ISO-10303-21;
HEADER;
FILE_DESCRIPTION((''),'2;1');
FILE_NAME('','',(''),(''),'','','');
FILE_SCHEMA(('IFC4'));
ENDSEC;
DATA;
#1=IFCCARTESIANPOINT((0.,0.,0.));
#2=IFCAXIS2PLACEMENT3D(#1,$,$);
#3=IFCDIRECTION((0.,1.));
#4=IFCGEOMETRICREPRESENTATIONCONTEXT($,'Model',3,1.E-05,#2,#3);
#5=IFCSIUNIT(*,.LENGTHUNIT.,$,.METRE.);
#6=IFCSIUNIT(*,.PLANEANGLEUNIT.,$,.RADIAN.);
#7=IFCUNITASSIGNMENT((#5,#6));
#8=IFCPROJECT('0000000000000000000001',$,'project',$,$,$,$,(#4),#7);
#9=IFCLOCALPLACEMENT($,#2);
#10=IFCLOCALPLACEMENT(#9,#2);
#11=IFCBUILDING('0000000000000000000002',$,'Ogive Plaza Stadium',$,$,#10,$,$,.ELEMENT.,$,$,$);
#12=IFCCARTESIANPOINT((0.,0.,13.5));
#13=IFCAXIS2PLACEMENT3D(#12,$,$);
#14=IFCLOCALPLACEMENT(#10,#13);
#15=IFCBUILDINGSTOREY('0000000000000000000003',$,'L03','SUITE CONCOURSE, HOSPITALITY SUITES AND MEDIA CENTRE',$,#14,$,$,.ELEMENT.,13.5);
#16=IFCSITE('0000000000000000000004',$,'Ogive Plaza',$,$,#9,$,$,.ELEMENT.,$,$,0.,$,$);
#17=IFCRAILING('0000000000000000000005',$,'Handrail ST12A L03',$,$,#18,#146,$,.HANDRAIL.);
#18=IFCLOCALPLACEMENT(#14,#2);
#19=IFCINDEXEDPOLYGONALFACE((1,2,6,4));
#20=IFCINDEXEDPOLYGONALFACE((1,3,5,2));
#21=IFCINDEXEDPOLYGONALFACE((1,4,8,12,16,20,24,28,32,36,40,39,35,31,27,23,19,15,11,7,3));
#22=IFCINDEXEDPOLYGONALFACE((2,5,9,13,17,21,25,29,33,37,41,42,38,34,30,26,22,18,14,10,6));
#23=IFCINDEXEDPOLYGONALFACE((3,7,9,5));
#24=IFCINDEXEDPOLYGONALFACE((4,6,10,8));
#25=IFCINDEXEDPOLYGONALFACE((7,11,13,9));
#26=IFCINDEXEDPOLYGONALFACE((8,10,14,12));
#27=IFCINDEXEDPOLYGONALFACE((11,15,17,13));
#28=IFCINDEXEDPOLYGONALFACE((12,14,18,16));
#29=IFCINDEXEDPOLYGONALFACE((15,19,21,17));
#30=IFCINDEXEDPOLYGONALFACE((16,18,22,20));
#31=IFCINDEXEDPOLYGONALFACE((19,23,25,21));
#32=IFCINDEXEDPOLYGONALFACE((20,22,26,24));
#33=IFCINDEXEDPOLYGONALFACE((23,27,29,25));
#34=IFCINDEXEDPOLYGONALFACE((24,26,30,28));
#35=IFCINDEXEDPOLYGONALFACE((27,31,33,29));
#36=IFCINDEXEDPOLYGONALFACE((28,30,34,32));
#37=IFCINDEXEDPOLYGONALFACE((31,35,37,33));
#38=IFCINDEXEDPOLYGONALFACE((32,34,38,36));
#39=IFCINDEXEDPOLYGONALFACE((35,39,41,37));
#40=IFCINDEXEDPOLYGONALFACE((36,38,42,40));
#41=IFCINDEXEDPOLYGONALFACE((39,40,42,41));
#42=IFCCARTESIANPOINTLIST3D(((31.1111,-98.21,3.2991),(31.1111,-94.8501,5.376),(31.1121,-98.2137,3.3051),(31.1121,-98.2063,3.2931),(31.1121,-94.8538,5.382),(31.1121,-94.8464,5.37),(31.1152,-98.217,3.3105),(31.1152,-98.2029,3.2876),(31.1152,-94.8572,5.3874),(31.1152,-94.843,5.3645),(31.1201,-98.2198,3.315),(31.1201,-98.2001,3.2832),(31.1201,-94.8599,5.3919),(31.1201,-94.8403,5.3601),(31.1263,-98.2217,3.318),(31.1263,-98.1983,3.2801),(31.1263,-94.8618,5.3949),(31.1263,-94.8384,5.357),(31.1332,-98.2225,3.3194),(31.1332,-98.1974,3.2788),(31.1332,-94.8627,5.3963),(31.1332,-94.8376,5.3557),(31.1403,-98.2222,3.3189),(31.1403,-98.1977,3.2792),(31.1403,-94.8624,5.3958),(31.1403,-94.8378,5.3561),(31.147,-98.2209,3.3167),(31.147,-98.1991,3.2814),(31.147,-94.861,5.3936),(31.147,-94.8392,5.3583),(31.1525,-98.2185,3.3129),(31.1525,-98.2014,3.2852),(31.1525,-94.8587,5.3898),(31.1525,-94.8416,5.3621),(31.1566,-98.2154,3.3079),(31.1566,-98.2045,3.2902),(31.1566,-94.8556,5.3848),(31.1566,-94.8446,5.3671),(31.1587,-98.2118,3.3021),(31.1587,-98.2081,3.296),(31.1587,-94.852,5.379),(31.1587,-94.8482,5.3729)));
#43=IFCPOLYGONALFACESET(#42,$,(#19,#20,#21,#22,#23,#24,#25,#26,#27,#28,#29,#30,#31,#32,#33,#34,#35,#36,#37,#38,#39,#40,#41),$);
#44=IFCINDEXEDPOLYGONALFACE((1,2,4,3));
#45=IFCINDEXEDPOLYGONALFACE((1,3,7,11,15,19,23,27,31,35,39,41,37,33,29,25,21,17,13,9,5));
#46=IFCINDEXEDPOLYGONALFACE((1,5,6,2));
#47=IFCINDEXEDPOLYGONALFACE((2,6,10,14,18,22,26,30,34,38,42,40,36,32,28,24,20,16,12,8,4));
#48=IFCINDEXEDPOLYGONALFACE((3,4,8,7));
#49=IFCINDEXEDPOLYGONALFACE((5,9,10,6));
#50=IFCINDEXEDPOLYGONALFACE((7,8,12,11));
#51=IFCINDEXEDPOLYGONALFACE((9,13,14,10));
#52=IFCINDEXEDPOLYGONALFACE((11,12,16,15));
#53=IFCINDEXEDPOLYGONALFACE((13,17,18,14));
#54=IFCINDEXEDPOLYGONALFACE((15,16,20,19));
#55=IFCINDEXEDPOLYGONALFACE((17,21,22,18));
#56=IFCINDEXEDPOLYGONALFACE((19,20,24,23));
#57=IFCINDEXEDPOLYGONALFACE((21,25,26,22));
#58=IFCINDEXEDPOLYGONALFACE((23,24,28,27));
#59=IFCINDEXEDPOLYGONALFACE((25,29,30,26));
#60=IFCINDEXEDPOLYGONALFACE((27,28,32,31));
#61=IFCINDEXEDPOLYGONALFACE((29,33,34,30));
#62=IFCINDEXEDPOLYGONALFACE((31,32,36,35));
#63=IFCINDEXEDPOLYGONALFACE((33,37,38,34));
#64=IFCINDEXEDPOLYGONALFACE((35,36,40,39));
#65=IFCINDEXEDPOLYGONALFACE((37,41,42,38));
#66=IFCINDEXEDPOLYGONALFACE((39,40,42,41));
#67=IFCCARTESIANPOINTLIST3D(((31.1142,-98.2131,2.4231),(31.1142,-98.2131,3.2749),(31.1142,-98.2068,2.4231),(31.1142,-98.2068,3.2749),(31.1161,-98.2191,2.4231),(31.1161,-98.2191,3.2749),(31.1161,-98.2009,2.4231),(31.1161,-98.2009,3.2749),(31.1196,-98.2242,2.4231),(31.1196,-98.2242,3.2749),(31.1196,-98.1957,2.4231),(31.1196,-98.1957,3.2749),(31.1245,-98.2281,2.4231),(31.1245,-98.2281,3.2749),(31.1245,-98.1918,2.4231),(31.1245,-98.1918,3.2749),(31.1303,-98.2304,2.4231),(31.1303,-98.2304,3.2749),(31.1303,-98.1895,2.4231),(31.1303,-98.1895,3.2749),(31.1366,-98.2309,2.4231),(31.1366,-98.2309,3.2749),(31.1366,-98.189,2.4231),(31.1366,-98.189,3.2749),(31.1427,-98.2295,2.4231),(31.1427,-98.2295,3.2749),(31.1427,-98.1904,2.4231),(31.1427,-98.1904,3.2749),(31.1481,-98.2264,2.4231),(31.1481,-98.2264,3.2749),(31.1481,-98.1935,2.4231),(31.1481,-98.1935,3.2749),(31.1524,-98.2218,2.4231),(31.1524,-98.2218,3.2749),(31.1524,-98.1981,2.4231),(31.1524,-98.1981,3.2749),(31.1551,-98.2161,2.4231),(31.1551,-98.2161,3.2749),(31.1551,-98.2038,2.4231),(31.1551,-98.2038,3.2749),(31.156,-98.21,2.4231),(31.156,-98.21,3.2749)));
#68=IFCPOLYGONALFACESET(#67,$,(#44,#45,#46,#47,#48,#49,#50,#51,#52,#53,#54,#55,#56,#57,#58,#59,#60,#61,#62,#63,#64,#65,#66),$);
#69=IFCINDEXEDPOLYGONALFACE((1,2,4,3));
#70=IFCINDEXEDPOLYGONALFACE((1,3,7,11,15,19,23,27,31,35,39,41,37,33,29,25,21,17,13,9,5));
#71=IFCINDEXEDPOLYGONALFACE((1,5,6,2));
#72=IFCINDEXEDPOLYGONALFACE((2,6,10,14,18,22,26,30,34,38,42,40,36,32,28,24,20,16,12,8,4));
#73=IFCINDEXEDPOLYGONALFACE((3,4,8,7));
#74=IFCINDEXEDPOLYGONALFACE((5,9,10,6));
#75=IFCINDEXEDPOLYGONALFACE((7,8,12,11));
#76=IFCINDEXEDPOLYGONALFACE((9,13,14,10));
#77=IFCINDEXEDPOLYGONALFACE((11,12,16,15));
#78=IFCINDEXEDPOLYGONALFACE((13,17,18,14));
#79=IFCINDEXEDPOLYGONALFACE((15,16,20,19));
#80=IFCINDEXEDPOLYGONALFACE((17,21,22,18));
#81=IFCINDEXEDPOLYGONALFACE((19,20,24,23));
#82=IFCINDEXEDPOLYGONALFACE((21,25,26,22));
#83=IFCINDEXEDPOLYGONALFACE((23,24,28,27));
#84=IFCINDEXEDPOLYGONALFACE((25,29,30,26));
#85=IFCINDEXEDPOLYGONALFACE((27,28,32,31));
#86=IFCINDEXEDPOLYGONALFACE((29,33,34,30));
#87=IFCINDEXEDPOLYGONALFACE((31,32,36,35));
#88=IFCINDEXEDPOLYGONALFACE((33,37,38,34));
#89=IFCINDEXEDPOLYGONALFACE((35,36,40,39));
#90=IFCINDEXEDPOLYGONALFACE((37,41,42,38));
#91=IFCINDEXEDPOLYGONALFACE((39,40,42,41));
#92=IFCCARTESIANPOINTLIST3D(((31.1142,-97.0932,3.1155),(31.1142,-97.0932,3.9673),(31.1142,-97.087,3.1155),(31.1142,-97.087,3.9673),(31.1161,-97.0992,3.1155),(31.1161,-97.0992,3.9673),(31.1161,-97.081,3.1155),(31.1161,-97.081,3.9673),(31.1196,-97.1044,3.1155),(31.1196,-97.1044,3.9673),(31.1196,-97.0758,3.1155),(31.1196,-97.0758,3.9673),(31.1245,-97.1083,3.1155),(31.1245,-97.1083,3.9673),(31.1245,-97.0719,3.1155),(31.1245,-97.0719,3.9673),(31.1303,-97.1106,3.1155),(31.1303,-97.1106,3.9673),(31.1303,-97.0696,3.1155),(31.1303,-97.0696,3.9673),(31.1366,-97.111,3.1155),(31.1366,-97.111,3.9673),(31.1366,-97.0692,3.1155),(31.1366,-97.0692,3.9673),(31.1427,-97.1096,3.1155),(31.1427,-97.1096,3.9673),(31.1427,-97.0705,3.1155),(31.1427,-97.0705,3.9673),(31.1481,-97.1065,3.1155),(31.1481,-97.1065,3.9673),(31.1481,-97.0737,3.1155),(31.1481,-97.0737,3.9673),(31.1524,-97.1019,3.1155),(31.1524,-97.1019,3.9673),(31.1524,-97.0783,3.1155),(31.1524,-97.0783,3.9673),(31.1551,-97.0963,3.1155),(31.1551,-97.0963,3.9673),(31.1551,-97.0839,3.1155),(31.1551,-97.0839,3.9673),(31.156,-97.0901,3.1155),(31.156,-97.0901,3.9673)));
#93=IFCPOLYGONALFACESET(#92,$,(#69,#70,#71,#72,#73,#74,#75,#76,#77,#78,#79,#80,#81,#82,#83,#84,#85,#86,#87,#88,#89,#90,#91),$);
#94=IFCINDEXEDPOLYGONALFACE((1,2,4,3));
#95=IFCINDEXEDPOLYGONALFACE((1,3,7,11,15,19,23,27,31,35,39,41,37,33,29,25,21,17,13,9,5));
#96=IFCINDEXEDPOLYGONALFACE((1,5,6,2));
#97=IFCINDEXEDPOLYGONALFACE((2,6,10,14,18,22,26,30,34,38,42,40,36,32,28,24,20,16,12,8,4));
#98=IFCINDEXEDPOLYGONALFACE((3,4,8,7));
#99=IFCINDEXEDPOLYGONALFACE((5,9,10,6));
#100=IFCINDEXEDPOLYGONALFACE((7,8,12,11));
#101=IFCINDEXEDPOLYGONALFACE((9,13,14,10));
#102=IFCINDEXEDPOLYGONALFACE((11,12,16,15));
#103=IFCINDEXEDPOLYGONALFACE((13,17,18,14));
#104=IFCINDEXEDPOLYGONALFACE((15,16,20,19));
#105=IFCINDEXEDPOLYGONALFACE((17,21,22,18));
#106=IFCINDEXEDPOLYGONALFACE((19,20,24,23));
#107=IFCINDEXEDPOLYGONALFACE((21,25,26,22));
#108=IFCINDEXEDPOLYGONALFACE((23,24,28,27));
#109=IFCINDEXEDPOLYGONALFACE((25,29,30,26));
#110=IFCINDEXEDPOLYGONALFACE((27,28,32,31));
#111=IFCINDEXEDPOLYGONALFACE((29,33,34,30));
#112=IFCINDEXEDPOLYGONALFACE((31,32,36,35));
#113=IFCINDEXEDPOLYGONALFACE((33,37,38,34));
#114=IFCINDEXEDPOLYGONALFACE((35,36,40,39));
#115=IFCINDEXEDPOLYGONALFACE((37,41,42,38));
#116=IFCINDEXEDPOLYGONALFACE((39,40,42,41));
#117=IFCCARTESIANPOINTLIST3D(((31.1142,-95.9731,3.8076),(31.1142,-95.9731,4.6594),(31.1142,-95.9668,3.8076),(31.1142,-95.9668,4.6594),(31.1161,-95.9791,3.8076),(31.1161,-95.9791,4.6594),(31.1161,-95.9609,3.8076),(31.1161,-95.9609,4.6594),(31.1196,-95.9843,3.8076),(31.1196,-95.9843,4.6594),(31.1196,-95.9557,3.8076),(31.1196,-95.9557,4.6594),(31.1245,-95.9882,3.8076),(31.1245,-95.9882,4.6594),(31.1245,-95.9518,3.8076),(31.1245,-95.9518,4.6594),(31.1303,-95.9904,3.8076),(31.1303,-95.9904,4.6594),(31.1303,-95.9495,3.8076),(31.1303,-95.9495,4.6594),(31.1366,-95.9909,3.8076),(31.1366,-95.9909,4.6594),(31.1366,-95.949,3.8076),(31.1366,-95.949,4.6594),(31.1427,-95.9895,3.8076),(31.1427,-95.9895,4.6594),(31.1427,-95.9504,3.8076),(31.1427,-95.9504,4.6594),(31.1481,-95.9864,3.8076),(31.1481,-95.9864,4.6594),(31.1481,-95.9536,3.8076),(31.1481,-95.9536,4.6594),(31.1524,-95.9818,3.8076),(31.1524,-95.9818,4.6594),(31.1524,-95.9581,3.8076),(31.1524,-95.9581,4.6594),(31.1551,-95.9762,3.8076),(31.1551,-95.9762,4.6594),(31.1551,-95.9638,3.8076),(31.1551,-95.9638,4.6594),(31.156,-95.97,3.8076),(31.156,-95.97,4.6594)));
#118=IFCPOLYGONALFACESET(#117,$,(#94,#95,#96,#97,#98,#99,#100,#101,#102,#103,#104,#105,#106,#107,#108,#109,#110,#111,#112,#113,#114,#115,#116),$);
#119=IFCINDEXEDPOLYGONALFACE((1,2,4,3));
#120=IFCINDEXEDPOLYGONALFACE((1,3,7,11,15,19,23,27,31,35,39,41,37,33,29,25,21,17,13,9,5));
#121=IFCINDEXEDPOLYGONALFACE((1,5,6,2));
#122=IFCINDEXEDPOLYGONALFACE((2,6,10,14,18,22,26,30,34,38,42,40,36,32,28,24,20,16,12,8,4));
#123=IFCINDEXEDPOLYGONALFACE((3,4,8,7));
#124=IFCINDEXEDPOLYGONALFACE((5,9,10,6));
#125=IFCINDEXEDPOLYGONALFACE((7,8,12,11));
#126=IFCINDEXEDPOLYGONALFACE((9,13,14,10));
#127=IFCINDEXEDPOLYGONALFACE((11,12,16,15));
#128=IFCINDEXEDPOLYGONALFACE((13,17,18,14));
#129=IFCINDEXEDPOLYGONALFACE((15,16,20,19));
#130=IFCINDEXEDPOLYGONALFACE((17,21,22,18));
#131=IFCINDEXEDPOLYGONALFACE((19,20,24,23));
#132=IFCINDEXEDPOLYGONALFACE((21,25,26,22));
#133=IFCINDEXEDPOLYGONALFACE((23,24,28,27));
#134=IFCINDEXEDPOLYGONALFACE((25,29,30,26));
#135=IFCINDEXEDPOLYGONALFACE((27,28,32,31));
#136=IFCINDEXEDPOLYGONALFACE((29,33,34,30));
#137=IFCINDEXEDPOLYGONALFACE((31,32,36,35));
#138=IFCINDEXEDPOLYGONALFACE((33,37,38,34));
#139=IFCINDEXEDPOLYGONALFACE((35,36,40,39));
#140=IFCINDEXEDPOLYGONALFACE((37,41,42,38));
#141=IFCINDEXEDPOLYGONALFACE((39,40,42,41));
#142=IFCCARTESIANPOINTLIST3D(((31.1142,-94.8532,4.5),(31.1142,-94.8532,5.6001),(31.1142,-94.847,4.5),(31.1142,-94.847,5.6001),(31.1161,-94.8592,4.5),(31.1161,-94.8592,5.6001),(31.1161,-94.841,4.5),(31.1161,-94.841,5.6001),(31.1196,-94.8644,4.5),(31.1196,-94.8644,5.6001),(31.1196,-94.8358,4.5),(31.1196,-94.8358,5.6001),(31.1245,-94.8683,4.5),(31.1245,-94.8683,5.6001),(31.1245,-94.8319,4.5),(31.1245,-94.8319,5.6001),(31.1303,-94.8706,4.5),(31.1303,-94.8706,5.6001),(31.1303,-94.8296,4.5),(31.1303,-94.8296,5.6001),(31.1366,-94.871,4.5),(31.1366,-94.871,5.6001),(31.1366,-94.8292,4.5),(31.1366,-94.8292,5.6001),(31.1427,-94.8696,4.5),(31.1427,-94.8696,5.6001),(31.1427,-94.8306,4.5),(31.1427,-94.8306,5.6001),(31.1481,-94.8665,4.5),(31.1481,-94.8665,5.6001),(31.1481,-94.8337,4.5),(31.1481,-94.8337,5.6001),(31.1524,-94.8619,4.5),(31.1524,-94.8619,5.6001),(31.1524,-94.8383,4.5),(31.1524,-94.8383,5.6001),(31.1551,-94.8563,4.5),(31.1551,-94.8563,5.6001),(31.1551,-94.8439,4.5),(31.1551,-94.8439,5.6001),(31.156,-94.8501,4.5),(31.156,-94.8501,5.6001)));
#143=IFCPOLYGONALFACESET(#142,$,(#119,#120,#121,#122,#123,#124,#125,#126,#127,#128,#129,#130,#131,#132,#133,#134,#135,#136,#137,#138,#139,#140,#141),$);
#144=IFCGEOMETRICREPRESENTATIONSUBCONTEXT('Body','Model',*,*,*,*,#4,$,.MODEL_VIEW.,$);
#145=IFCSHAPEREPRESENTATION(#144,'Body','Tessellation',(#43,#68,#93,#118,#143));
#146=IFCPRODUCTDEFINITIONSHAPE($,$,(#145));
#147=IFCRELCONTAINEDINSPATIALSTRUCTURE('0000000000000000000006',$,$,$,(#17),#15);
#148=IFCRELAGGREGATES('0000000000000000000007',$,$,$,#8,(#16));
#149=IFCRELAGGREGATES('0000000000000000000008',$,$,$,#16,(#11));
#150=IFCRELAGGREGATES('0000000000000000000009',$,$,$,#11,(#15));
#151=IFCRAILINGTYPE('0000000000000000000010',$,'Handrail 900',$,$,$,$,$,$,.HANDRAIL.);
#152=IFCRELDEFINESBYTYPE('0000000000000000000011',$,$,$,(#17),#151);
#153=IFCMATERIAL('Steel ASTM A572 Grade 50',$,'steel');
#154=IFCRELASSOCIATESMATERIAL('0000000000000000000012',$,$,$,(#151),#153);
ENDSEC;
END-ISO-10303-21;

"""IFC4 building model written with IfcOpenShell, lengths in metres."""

from ifc_helpers import new_model, si_unit, direction, frame, origin, origin_2d, place, context, subcontext, project, spatial, circle, extrude, material, type_object, element, save


model = new_model("IFC4")

# Units and contexts
model_context = context("Model", 3, precision=1e-05, world=origin(), true_north=direction((0.0, 1.0)))
body_context = subcontext(model_context, "Body", "Model", "MODEL_VIEW")
ifc_project = project(units=[si_unit("LENGTHUNIT", "METRE"), si_unit("PLANEANGLEUNIT", "RADIAN")], contexts=[model_context])

# Site, building, storey
site_placement = place(None, origin())
site = spatial("IfcSite", under=ifc_project, at=site_placement, Name="Ogive Plaza", CompositionType="ELEMENT", RefElevation=0.0)
building_placement = place(site_placement, origin())
building = spatial("IfcBuilding", under=site, at=building_placement, Name="Ogive Plaza Stadium", CompositionType="ELEMENT")
storey_placement = place(building_placement, frame((0.0, 0.0, 13.5)))
storey = spatial("IfcBuildingStorey", under=building, at=storey_placement, Name="L03", Description="SUITE CONCOURSE, HOSPITALITY SUITES AND MEDIA CENTRE", CompositionType="ELEMENT", Elevation=13.5)

# Railing
ifc_material_1 = material(Name="Steel ASTM A572 Grade 50", Category="steel")
railing_type_1 = type_object("IfcRailingType", Name="Handrail 900", PredefinedType="HANDRAIL", material=ifc_material_1)
for number, where, name in (
    (1, (31.135, -98.21, 2.4231), "Handrail ST12A L03"),
):
    element("IfcRailing", number, at=place(storey_placement, frame(where)), inside=storey, type_object=railing_type_1, Name=name, PredefinedType="HANDRAIL", context=body_context, shape_type="SweptSolid", body=[
        extrude(circle(Radius=0.0239, at=origin_2d()), frame((0.0, 0.0, 0.876), z_axis=(0.0, 0.850606, 0.525803), x_axis=(-1.0, 0.0, 0.0)), (0.0, 0.0, 1.0), 3.95),
        extrude(circle(Radius=0.021, at=origin_2d()), origin(), (0.0, 0.0, 1.0), 0.8518),
        extrude(circle(Radius=0.021, at=origin_2d()), frame((0.0, 1.1199, 0.6924)), (0.0, 0.0, 1.0), 0.8518),
        extrude(circle(Radius=0.021, at=origin_2d()), frame((0.0, 2.24, 1.3845)), (0.0, 0.0, 1.0), 0.8518),
        extrude(circle(Radius=0.021, at=origin_2d()), frame((0.0, 3.3599, 2.0769)), (0.0, 0.0, 1.0), 1.1001),
    ])

save(model, "model.ifc")
